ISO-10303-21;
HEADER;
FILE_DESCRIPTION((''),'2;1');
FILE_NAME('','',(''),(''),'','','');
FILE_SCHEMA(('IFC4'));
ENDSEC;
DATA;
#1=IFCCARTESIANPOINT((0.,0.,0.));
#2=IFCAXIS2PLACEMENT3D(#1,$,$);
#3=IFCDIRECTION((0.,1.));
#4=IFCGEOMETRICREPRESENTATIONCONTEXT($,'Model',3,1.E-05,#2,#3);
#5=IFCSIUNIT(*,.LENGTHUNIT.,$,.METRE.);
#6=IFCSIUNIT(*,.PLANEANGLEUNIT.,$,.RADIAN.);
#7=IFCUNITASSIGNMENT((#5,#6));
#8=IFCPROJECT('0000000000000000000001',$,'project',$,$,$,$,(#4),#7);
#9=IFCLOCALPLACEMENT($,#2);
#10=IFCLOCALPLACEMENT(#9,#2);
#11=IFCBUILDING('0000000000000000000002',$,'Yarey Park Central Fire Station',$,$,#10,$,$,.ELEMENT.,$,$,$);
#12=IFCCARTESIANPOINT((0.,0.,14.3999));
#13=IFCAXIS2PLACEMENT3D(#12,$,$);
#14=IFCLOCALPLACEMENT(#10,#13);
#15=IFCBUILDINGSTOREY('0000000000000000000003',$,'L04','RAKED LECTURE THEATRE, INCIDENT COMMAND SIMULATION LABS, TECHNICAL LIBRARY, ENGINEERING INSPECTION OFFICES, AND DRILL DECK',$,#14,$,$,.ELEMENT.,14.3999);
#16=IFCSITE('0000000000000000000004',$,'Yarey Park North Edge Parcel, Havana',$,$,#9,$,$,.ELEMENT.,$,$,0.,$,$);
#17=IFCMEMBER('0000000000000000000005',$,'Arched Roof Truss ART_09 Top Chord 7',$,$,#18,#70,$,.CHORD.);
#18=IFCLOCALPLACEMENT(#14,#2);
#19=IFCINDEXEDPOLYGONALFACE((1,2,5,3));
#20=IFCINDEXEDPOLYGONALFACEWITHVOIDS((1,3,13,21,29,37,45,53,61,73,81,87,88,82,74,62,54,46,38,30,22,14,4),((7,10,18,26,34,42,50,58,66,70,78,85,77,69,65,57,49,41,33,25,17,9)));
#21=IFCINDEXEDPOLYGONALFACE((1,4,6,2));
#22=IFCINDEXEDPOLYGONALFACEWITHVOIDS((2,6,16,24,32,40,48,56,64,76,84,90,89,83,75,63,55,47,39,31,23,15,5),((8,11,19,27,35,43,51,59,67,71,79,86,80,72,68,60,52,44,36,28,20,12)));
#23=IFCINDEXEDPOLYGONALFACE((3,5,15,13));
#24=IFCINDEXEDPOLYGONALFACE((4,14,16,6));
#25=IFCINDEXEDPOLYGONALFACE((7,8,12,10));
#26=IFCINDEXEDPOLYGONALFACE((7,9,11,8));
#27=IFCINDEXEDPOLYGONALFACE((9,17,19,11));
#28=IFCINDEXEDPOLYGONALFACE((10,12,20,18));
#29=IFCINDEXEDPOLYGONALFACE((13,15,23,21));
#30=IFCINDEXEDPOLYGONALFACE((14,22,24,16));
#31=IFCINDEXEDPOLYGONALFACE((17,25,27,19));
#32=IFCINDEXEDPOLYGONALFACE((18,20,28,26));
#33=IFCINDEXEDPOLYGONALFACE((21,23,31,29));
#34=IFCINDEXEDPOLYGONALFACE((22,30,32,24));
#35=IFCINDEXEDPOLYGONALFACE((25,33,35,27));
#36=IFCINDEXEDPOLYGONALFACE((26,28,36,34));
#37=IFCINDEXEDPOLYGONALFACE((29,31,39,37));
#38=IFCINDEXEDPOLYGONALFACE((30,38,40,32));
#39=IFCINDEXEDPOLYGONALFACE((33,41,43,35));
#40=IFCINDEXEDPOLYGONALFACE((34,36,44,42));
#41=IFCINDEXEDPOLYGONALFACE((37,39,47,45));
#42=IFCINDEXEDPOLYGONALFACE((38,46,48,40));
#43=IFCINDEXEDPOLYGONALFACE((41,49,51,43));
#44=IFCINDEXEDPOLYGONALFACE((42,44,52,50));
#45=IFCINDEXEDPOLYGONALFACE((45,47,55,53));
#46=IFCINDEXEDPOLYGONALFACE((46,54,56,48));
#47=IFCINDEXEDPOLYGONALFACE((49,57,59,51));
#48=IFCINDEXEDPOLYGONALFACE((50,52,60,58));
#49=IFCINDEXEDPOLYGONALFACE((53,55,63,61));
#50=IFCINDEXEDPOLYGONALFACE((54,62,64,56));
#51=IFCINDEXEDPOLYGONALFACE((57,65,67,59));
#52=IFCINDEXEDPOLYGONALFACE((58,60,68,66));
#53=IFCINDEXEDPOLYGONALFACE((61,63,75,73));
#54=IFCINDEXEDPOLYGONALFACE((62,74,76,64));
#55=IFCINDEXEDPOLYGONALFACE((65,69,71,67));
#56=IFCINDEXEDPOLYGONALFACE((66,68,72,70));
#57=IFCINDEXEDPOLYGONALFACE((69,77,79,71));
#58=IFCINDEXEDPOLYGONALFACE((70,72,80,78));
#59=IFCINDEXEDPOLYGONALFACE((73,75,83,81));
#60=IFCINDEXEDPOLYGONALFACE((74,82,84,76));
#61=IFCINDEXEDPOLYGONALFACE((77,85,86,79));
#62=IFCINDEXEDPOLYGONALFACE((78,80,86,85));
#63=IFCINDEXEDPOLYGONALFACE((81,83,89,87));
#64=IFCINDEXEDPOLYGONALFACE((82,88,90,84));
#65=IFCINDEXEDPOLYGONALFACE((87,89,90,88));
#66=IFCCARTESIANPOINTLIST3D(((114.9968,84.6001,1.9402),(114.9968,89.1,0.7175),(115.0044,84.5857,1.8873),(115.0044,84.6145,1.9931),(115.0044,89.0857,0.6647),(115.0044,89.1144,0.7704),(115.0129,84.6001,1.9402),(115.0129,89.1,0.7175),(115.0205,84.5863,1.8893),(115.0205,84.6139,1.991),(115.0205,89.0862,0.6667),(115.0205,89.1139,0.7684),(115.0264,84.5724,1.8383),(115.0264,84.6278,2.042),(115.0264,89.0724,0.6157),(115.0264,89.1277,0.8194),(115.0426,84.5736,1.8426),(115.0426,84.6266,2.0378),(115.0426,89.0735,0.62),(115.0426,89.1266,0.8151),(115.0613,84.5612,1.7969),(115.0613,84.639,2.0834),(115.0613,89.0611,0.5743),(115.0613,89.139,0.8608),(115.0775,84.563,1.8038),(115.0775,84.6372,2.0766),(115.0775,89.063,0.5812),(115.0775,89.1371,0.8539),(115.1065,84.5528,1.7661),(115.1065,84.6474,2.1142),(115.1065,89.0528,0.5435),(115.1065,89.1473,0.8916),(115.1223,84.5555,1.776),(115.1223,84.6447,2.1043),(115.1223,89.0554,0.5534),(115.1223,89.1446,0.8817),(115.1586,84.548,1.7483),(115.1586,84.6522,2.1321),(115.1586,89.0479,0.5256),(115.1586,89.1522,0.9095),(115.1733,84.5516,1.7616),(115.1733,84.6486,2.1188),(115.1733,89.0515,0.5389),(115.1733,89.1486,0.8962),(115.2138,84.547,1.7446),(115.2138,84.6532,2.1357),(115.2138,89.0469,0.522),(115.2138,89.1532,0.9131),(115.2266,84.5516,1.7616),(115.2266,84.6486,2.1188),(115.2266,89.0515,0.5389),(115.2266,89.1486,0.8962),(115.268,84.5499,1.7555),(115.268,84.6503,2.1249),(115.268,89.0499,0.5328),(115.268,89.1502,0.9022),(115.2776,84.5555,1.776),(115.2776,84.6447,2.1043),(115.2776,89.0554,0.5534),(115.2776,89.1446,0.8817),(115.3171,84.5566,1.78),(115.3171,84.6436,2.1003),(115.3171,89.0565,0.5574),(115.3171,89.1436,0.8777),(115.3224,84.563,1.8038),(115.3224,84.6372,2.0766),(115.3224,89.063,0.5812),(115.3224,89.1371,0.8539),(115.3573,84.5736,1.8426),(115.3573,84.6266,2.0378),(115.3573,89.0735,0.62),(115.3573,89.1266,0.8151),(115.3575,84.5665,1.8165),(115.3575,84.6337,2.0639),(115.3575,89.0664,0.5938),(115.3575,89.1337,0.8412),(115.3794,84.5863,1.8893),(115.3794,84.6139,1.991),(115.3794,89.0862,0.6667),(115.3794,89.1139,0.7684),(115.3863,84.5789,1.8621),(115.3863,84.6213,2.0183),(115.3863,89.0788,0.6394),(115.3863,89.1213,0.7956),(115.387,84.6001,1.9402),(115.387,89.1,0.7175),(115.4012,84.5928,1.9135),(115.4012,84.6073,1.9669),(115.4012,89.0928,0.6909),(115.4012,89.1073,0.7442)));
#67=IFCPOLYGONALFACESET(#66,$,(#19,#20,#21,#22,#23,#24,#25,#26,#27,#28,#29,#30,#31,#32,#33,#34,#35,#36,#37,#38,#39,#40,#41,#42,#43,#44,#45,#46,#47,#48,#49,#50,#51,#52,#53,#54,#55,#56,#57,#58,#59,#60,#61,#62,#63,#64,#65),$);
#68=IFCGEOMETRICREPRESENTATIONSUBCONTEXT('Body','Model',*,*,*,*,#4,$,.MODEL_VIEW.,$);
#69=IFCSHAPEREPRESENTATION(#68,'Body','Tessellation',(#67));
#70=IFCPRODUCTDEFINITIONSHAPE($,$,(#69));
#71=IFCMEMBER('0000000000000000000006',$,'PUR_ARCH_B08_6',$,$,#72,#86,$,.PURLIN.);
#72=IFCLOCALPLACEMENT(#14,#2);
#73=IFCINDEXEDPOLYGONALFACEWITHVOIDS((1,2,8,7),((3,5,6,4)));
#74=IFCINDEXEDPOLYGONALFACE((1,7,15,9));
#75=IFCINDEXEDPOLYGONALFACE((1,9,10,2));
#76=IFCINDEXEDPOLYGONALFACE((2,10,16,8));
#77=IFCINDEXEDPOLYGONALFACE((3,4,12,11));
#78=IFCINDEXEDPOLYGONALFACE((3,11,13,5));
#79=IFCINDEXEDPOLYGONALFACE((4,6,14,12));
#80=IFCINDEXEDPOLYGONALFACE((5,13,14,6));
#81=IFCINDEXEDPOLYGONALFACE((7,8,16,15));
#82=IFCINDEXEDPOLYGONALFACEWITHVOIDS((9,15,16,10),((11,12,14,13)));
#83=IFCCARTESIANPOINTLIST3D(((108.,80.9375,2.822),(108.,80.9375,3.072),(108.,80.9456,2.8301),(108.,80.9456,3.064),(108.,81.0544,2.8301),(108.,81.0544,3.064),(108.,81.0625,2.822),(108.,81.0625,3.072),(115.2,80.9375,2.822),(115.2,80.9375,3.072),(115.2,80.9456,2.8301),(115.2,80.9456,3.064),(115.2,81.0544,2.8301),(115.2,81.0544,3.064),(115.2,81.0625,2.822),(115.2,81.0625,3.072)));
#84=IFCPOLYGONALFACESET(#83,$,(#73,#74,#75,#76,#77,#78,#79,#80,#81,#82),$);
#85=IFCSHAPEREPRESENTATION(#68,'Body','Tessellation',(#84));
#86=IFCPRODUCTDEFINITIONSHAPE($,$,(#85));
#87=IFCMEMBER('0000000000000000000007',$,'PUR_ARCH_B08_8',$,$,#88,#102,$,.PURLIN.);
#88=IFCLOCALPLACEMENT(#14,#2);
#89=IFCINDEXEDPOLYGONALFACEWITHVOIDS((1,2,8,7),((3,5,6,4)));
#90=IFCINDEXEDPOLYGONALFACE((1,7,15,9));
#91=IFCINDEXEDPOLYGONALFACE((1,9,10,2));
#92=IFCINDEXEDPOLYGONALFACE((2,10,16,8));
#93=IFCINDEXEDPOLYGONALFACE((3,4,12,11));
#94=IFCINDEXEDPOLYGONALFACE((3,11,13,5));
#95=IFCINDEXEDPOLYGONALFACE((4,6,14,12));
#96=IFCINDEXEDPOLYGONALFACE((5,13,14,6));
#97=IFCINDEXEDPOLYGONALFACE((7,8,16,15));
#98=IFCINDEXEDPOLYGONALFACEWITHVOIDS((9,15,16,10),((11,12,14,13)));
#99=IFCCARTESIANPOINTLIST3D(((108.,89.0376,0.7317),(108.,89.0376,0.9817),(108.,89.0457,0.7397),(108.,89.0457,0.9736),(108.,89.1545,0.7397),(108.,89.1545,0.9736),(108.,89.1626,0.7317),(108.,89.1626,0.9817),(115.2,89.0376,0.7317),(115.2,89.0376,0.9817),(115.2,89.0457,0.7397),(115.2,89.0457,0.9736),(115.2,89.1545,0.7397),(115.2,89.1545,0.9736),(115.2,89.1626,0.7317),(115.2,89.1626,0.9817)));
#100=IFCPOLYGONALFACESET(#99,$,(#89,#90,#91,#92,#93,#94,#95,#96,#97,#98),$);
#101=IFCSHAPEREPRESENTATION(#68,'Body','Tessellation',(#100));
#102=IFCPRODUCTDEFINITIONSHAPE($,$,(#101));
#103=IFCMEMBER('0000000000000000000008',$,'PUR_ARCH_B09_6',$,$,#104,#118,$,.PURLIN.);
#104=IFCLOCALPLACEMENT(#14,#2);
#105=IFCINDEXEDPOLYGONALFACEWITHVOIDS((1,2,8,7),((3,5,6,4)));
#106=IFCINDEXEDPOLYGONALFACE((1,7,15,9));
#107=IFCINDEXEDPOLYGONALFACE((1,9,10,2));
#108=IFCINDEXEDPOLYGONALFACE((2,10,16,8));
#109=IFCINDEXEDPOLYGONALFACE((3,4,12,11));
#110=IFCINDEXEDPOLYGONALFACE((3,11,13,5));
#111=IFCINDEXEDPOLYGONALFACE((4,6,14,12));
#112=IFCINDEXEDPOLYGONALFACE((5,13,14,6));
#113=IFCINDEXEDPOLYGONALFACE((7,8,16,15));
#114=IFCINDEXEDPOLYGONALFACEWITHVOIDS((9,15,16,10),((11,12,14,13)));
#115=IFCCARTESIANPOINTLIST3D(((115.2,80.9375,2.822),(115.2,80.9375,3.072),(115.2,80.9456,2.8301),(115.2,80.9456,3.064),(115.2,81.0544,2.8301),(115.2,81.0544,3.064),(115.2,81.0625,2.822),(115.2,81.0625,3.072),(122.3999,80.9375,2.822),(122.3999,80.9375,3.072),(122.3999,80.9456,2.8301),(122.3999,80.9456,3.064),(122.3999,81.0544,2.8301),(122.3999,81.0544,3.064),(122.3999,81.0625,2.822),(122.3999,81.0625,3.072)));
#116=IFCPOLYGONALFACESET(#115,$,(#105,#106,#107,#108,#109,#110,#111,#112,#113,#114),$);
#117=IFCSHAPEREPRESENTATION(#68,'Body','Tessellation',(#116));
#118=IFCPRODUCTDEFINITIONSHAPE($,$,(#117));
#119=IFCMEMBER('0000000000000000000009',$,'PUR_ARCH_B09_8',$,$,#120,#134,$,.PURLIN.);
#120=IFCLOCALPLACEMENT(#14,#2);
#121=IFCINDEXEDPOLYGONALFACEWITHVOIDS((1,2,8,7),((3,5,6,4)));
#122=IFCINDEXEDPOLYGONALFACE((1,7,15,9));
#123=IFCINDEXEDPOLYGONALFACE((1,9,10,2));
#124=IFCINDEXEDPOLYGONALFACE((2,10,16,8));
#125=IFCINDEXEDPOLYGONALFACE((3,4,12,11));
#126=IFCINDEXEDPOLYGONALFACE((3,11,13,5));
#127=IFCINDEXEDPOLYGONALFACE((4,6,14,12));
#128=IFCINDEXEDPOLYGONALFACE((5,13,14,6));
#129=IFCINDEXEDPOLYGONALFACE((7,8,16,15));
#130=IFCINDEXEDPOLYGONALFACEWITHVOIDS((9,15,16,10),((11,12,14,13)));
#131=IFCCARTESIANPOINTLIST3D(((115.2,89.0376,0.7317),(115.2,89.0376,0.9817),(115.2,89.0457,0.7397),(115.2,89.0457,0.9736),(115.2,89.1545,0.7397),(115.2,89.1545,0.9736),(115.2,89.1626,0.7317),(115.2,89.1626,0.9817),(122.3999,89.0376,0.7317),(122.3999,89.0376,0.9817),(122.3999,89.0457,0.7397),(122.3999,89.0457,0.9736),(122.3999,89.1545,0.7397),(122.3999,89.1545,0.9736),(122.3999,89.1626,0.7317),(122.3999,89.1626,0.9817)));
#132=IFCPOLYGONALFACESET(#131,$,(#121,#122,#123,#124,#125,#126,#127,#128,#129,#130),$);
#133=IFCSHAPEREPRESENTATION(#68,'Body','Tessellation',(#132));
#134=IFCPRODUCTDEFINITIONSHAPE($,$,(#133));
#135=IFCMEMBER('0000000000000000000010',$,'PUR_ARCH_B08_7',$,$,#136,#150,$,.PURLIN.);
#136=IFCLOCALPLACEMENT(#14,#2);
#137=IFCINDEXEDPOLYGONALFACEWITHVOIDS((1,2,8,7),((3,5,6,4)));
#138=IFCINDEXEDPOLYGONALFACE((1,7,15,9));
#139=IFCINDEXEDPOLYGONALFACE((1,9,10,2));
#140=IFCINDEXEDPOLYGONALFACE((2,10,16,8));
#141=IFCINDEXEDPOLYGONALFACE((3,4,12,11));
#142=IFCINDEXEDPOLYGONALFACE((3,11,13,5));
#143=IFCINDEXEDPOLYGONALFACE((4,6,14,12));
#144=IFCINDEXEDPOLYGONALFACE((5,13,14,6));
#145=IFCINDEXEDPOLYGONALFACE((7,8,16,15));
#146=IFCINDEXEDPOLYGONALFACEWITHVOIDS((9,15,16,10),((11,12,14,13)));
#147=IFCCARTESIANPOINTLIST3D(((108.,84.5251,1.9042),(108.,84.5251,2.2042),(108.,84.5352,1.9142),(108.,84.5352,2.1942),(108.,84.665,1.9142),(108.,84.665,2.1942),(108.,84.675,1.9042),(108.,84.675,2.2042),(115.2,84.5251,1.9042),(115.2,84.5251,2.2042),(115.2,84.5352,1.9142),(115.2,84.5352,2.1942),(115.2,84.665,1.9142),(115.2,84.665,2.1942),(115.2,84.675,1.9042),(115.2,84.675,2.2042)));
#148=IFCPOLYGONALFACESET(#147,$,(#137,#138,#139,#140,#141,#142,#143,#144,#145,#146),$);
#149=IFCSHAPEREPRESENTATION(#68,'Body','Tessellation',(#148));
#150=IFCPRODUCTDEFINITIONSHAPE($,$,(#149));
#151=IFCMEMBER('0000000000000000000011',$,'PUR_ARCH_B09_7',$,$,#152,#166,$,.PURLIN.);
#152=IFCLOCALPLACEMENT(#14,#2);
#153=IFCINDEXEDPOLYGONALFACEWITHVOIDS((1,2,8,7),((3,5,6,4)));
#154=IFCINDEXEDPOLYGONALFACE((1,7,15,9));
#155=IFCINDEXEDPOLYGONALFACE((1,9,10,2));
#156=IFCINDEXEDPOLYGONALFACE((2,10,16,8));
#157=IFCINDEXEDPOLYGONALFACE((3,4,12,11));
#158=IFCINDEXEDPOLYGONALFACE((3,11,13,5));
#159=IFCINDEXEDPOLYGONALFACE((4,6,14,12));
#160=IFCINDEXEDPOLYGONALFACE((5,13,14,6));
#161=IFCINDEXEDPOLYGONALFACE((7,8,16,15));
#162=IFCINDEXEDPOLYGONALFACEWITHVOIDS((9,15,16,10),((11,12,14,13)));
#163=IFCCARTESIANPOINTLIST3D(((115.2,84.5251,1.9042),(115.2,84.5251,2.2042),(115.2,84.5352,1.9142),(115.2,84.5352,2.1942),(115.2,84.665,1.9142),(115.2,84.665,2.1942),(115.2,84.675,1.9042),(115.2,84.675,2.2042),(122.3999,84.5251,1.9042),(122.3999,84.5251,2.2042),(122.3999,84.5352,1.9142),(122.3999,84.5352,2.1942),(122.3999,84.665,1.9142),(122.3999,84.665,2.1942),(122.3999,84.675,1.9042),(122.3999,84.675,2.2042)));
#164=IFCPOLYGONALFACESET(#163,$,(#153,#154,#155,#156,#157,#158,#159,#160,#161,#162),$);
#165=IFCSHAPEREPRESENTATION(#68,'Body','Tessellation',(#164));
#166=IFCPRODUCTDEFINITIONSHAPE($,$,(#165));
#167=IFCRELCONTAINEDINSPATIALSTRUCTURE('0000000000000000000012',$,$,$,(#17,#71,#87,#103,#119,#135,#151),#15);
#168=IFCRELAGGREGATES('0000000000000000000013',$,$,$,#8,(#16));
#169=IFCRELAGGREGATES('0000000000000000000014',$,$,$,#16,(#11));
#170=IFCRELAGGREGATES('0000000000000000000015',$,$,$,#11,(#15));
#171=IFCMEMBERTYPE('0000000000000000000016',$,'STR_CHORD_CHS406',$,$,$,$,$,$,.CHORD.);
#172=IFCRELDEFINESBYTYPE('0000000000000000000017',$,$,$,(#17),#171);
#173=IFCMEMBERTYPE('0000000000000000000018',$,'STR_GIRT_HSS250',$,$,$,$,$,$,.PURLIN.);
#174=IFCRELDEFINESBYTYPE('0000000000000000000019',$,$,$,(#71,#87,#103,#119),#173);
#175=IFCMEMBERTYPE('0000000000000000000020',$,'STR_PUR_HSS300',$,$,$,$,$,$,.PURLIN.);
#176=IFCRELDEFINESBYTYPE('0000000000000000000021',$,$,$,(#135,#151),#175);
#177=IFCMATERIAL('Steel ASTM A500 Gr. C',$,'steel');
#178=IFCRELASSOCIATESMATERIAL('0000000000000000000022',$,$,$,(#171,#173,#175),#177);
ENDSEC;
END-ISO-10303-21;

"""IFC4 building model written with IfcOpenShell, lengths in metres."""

from ifc_helpers import new_model, si_unit, direction, frame, origin, origin_2d, place, context, subcontext, project, spatial, hollow_rectangle, hollow_circle, extrude, material, material_profile, profile_set, type_object, element, save


model = new_model("IFC4")

# Units and contexts
model_context = context("Model", 3, precision=1e-05, world=origin(), true_north=direction((0.0, 1.0)))
body_context = subcontext(model_context, "Body", "Model", "MODEL_VIEW")
ifc_project = project(units=[si_unit("LENGTHUNIT", "METRE"), si_unit("PLANEANGLEUNIT", "RADIAN")], contexts=[model_context])

# Site, building, storey
site_placement = place(None, origin())
site = spatial("IfcSite", under=ifc_project, at=site_placement, Name="Yarey Park North Edge Parcel, Havana", CompositionType="ELEMENT", RefElevation=0.0)
building_placement = place(site_placement, origin())
building = spatial("IfcBuilding", under=site, at=building_placement, Name="Yarey Park Central Fire Station", CompositionType="ELEMENT")
storey_placement = place(building_placement, frame((0.0, 0.0, 14.3999)))
storey = spatial("IfcBuildingStorey", under=building, at=storey_placement, Name="L04", Description="RAKED LECTURE THEATRE, INCIDENT COMMAND SIMULATION LABS, TECHNICAL LIBRARY, ENGINEERING INSPECTION OFFICES, AND DRILL DECK", CompositionType="ELEMENT", Elevation=14.3999)

# Members
ifc_material_1 = material(Name="Steel ASTM A500 Gr. C", Category="steel")
ifc_material_profile_1 = material_profile(ifc_material_1, hollow_circle(Radius=0.2031, WallThickness=0.0161, at=origin_2d()), Name="CHS 406.4x16")
ifc_profile_set_1 = profile_set([ifc_material_profile_1], Name="Steel ASTM A500 Gr. C")
member_type_1 = type_object("IfcMemberType", Name="STR_CHORD_CHS406", PredefinedType="CHORD", material=ifc_profile_set_1)
member_1_placement = place(storey_placement, frame((115.2, 84.6001, 1.9402), z_axis=(0.0, 0.965015, -0.262196), x_axis=(-1.0, 0.0, 0.0)))
element("IfcMember", 1, at=member_1_placement, inside=storey, type_object=member_type_1, Name="Arched Roof Truss ART_09 Top Chord 7", PredefinedType="CHORD", context=body_context, shape_type="SweptSolid", body=[
    extrude(hollow_circle(Radius=0.2031, WallThickness=0.0161, at=origin_2d()), origin(), (0.0, 0.0, 1.0), 4.6631),
])
ifc_material_profile_2 = material_profile(ifc_material_1, hollow_rectangle(XDim=0.125, YDim=0.25, WallThickness=0.0081, at=origin_2d()), Name="HSS 250x125x8")
ifc_profile_set_2 = profile_set([ifc_material_profile_2], Name="Steel ASTM A500 Gr. C")
member_type_2 = type_object("IfcMemberType", Name="STR_GIRT_HSS250", PredefinedType="PURLIN", material=ifc_profile_set_2)
for number, where, z_axis, x_axis, name in (
    (2, (108.0, 81.0, 2.947), (1.0, 0.0, 0.0), (0.0, 1.0, 0.0), "PUR_ARCH_B08_6"),
    (3, (108.0, 89.1001, 0.8567), (1.0, 0.0, 0.0), (0.0, 1.0, 0.0), "PUR_ARCH_B08_8"),
    (4, (115.2, 81.0, 2.947), (1.0, 0.0, 0.0), (0.0, 1.0, 0.0), "PUR_ARCH_B09_6"),
    (5, (115.2, 89.1001, 0.8567), (1.0, 0.0, 0.0), (0.0, 1.0, 0.0), "PUR_ARCH_B09_8"),
):
    element("IfcMember", number, at=place(storey_placement, frame(where, z_axis=z_axis, x_axis=x_axis)), inside=storey, type_object=member_type_2, Name=name, PredefinedType="PURLIN", context=body_context, shape_type="SweptSolid", body=[
        extrude(hollow_rectangle(XDim=0.125, YDim=0.25, WallThickness=0.0081, at=origin_2d()), origin(), (0.0, 0.0, 1.0), 7.2),
    ])
ifc_material_profile_3 = material_profile(ifc_material_1, hollow_rectangle(XDim=0.1499, YDim=0.3, WallThickness=0.01, at=origin_2d()), Name="HSS 300x150x10")
ifc_profile_set_3 = profile_set([ifc_material_profile_3], Name="Steel ASTM A500 Gr. C")
member_type_3 = type_object("IfcMemberType", Name="STR_PUR_HSS300", PredefinedType="PURLIN", material=ifc_profile_set_3)
for number, where, z_axis, x_axis, name in (
    (6, (108.0, 84.6001, 2.0542), (1.0, 0.0, 0.0), (0.0, 1.0, 0.0), "PUR_ARCH_B08_7"),
    (7, (115.2, 84.6001, 2.0542), (1.0, 0.0, 0.0), (0.0, 1.0, 0.0), "PUR_ARCH_B09_7"),
):
    element("IfcMember", number, at=place(storey_placement, frame(where, z_axis=z_axis, x_axis=x_axis)), inside=storey, type_object=member_type_3, Name=name, PredefinedType="PURLIN", context=body_context, shape_type="SweptSolid", body=[
        extrude(hollow_rectangle(XDim=0.1499, YDim=0.3, WallThickness=0.01, at=origin_2d()), origin(), (0.0, 0.0, 1.0), 7.2),
    ])

save(model, "model.ifc")
